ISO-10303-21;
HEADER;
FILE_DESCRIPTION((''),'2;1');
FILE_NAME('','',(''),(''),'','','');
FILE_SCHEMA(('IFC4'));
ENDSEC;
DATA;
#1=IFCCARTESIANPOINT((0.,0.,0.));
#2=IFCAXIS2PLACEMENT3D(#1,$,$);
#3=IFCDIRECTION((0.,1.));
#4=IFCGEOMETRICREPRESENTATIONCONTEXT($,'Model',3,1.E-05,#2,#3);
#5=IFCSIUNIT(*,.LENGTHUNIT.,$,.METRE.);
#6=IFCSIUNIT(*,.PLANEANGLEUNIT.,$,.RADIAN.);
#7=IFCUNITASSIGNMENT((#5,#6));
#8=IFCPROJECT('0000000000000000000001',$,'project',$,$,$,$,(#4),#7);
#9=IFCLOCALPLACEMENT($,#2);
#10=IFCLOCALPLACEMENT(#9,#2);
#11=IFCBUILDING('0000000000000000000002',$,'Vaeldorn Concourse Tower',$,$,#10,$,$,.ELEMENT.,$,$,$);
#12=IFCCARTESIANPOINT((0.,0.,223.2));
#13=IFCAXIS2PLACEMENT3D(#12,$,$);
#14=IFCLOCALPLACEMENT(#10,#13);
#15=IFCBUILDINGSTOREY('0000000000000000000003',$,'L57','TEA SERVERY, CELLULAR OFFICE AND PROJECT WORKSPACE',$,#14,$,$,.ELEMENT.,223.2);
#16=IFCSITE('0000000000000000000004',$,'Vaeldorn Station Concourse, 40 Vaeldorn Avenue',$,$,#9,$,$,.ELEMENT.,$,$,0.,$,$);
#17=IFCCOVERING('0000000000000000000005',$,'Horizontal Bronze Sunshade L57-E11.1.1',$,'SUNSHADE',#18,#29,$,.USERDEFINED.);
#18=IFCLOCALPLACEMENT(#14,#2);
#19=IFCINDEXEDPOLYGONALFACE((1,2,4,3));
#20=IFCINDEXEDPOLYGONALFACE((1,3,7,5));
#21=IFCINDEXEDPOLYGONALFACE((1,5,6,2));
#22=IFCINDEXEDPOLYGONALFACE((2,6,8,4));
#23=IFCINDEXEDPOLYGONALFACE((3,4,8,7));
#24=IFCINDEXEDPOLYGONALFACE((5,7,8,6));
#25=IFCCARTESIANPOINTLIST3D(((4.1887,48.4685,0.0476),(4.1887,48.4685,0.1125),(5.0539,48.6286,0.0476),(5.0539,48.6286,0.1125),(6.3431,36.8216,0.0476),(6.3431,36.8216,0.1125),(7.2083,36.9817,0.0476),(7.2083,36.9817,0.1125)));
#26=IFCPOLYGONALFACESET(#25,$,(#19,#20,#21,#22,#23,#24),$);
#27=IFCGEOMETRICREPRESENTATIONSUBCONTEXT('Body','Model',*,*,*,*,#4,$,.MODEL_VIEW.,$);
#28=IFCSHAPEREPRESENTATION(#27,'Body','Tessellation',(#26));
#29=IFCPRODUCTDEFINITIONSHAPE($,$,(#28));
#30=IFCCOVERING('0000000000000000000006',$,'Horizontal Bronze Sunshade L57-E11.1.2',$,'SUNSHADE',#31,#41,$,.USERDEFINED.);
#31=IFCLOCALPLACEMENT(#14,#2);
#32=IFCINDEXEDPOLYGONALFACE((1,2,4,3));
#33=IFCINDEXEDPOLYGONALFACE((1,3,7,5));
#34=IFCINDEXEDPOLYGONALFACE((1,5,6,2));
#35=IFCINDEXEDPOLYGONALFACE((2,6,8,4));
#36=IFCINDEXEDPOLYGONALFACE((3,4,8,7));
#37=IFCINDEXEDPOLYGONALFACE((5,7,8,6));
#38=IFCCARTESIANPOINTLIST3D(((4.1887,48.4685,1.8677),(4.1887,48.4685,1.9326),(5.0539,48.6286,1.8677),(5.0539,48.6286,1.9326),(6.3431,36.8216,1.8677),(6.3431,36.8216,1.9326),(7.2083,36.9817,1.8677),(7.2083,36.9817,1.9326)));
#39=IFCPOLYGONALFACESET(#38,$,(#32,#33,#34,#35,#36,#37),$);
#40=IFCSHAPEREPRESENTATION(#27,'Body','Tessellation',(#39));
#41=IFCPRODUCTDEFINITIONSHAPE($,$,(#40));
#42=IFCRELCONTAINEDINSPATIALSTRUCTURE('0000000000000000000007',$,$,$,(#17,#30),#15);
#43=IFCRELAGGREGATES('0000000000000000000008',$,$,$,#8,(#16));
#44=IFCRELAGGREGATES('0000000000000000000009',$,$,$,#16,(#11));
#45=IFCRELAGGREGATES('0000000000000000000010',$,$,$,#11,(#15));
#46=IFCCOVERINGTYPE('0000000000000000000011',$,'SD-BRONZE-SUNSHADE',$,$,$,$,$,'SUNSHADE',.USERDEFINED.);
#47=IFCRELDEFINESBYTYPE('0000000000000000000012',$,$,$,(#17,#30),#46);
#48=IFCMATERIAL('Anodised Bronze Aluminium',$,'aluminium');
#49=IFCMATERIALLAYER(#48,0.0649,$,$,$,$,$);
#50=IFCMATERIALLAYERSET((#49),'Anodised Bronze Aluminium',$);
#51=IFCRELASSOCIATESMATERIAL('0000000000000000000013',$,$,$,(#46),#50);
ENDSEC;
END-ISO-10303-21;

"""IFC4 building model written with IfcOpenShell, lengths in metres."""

from ifc_helpers import new_model, si_unit, direction, frame, origin, origin_2d, place, context, subcontext, project, spatial, rectangle, extrude, source, transform, mapped, material, layer, layer_set, type_object, element, save


model = new_model("IFC4")

# Units and contexts
model_context = context("Model", 3, precision=1e-05, world=origin(), true_north=direction((0.0, 1.0)))
body_context = subcontext(model_context, "Body", "Model", "MODEL_VIEW")
ifc_project = project(units=[si_unit("LENGTHUNIT", "METRE"), si_unit("PLANEANGLEUNIT", "RADIAN")], contexts=[model_context])

# Site, building, storey
site_placement = place(None, origin())
site = spatial("IfcSite", under=ifc_project, at=site_placement, Name="Vaeldorn Station Concourse, 40 Vaeldorn Avenue", CompositionType="ELEMENT", RefElevation=0.0)
building_placement = place(site_placement, origin())
building = spatial("IfcBuilding", under=site, at=building_placement, Name="Vaeldorn Concourse Tower", CompositionType="ELEMENT")
storey_placement = place(building_placement, frame((0.0, 0.0, 223.2)))
storey = spatial("IfcBuildingStorey", under=building, at=storey_placement, Name="L57", Description="TEA SERVERY, CELLULAR OFFICE AND PROJECT WORKSPACE", CompositionType="ELEMENT", Elevation=223.2)

# Shared definitions
ifc_material_1 = material(Name="Anodised Bronze Aluminium", Category="aluminium")

# Coverings
ifc_layer_1 = layer(ifc_material_1, 0.0649)
ifc_layer_set_1 = layer_set([ifc_layer_1], Name="Anodised Bronze Aluminium")
covering_type = type_object("IfcCoveringType", Name="SD-BRONZE-SUNSHADE", ElementType="SUNSHADE", PredefinedType="USERDEFINED", material=ifc_layer_set_1)
shared_shape_1 = source(origin(), body_context, "Body", "SweptSolid", [
    extrude(rectangle(XDim=11.8445, YDim=0.8799, at=origin_2d()), origin(), (0.0, 0.0, 1.0), 0.0649),
])
for number, where, z_axis, x_axis, name in (
    (1, (5.6985, 42.7251, 0.0476), (0.0, 0.0, 1.0), (0.181892, -0.983318, 0.0), "Horizontal Bronze Sunshade L57-E11.1.1"),
    (2, (5.6985, 42.7251, 1.8677), (0.0, 0.0, 1.0), (0.181892, -0.983318, 0.0), "Horizontal Bronze Sunshade L57-E11.1.2"),
):
    element("IfcCovering", number, at=place(storey_placement, frame(where, z_axis=z_axis, x_axis=x_axis)), inside=storey, type_object=covering_type, Name=name, ObjectType="SUNSHADE", PredefinedType="USERDEFINED", context=body_context, shape_type="MappedRepresentation", body=[
        mapped(shared_shape_1, transform((0.0, 0.0, 0.0), scale=1.0)),
    ])

save(model, "model.ifc")
